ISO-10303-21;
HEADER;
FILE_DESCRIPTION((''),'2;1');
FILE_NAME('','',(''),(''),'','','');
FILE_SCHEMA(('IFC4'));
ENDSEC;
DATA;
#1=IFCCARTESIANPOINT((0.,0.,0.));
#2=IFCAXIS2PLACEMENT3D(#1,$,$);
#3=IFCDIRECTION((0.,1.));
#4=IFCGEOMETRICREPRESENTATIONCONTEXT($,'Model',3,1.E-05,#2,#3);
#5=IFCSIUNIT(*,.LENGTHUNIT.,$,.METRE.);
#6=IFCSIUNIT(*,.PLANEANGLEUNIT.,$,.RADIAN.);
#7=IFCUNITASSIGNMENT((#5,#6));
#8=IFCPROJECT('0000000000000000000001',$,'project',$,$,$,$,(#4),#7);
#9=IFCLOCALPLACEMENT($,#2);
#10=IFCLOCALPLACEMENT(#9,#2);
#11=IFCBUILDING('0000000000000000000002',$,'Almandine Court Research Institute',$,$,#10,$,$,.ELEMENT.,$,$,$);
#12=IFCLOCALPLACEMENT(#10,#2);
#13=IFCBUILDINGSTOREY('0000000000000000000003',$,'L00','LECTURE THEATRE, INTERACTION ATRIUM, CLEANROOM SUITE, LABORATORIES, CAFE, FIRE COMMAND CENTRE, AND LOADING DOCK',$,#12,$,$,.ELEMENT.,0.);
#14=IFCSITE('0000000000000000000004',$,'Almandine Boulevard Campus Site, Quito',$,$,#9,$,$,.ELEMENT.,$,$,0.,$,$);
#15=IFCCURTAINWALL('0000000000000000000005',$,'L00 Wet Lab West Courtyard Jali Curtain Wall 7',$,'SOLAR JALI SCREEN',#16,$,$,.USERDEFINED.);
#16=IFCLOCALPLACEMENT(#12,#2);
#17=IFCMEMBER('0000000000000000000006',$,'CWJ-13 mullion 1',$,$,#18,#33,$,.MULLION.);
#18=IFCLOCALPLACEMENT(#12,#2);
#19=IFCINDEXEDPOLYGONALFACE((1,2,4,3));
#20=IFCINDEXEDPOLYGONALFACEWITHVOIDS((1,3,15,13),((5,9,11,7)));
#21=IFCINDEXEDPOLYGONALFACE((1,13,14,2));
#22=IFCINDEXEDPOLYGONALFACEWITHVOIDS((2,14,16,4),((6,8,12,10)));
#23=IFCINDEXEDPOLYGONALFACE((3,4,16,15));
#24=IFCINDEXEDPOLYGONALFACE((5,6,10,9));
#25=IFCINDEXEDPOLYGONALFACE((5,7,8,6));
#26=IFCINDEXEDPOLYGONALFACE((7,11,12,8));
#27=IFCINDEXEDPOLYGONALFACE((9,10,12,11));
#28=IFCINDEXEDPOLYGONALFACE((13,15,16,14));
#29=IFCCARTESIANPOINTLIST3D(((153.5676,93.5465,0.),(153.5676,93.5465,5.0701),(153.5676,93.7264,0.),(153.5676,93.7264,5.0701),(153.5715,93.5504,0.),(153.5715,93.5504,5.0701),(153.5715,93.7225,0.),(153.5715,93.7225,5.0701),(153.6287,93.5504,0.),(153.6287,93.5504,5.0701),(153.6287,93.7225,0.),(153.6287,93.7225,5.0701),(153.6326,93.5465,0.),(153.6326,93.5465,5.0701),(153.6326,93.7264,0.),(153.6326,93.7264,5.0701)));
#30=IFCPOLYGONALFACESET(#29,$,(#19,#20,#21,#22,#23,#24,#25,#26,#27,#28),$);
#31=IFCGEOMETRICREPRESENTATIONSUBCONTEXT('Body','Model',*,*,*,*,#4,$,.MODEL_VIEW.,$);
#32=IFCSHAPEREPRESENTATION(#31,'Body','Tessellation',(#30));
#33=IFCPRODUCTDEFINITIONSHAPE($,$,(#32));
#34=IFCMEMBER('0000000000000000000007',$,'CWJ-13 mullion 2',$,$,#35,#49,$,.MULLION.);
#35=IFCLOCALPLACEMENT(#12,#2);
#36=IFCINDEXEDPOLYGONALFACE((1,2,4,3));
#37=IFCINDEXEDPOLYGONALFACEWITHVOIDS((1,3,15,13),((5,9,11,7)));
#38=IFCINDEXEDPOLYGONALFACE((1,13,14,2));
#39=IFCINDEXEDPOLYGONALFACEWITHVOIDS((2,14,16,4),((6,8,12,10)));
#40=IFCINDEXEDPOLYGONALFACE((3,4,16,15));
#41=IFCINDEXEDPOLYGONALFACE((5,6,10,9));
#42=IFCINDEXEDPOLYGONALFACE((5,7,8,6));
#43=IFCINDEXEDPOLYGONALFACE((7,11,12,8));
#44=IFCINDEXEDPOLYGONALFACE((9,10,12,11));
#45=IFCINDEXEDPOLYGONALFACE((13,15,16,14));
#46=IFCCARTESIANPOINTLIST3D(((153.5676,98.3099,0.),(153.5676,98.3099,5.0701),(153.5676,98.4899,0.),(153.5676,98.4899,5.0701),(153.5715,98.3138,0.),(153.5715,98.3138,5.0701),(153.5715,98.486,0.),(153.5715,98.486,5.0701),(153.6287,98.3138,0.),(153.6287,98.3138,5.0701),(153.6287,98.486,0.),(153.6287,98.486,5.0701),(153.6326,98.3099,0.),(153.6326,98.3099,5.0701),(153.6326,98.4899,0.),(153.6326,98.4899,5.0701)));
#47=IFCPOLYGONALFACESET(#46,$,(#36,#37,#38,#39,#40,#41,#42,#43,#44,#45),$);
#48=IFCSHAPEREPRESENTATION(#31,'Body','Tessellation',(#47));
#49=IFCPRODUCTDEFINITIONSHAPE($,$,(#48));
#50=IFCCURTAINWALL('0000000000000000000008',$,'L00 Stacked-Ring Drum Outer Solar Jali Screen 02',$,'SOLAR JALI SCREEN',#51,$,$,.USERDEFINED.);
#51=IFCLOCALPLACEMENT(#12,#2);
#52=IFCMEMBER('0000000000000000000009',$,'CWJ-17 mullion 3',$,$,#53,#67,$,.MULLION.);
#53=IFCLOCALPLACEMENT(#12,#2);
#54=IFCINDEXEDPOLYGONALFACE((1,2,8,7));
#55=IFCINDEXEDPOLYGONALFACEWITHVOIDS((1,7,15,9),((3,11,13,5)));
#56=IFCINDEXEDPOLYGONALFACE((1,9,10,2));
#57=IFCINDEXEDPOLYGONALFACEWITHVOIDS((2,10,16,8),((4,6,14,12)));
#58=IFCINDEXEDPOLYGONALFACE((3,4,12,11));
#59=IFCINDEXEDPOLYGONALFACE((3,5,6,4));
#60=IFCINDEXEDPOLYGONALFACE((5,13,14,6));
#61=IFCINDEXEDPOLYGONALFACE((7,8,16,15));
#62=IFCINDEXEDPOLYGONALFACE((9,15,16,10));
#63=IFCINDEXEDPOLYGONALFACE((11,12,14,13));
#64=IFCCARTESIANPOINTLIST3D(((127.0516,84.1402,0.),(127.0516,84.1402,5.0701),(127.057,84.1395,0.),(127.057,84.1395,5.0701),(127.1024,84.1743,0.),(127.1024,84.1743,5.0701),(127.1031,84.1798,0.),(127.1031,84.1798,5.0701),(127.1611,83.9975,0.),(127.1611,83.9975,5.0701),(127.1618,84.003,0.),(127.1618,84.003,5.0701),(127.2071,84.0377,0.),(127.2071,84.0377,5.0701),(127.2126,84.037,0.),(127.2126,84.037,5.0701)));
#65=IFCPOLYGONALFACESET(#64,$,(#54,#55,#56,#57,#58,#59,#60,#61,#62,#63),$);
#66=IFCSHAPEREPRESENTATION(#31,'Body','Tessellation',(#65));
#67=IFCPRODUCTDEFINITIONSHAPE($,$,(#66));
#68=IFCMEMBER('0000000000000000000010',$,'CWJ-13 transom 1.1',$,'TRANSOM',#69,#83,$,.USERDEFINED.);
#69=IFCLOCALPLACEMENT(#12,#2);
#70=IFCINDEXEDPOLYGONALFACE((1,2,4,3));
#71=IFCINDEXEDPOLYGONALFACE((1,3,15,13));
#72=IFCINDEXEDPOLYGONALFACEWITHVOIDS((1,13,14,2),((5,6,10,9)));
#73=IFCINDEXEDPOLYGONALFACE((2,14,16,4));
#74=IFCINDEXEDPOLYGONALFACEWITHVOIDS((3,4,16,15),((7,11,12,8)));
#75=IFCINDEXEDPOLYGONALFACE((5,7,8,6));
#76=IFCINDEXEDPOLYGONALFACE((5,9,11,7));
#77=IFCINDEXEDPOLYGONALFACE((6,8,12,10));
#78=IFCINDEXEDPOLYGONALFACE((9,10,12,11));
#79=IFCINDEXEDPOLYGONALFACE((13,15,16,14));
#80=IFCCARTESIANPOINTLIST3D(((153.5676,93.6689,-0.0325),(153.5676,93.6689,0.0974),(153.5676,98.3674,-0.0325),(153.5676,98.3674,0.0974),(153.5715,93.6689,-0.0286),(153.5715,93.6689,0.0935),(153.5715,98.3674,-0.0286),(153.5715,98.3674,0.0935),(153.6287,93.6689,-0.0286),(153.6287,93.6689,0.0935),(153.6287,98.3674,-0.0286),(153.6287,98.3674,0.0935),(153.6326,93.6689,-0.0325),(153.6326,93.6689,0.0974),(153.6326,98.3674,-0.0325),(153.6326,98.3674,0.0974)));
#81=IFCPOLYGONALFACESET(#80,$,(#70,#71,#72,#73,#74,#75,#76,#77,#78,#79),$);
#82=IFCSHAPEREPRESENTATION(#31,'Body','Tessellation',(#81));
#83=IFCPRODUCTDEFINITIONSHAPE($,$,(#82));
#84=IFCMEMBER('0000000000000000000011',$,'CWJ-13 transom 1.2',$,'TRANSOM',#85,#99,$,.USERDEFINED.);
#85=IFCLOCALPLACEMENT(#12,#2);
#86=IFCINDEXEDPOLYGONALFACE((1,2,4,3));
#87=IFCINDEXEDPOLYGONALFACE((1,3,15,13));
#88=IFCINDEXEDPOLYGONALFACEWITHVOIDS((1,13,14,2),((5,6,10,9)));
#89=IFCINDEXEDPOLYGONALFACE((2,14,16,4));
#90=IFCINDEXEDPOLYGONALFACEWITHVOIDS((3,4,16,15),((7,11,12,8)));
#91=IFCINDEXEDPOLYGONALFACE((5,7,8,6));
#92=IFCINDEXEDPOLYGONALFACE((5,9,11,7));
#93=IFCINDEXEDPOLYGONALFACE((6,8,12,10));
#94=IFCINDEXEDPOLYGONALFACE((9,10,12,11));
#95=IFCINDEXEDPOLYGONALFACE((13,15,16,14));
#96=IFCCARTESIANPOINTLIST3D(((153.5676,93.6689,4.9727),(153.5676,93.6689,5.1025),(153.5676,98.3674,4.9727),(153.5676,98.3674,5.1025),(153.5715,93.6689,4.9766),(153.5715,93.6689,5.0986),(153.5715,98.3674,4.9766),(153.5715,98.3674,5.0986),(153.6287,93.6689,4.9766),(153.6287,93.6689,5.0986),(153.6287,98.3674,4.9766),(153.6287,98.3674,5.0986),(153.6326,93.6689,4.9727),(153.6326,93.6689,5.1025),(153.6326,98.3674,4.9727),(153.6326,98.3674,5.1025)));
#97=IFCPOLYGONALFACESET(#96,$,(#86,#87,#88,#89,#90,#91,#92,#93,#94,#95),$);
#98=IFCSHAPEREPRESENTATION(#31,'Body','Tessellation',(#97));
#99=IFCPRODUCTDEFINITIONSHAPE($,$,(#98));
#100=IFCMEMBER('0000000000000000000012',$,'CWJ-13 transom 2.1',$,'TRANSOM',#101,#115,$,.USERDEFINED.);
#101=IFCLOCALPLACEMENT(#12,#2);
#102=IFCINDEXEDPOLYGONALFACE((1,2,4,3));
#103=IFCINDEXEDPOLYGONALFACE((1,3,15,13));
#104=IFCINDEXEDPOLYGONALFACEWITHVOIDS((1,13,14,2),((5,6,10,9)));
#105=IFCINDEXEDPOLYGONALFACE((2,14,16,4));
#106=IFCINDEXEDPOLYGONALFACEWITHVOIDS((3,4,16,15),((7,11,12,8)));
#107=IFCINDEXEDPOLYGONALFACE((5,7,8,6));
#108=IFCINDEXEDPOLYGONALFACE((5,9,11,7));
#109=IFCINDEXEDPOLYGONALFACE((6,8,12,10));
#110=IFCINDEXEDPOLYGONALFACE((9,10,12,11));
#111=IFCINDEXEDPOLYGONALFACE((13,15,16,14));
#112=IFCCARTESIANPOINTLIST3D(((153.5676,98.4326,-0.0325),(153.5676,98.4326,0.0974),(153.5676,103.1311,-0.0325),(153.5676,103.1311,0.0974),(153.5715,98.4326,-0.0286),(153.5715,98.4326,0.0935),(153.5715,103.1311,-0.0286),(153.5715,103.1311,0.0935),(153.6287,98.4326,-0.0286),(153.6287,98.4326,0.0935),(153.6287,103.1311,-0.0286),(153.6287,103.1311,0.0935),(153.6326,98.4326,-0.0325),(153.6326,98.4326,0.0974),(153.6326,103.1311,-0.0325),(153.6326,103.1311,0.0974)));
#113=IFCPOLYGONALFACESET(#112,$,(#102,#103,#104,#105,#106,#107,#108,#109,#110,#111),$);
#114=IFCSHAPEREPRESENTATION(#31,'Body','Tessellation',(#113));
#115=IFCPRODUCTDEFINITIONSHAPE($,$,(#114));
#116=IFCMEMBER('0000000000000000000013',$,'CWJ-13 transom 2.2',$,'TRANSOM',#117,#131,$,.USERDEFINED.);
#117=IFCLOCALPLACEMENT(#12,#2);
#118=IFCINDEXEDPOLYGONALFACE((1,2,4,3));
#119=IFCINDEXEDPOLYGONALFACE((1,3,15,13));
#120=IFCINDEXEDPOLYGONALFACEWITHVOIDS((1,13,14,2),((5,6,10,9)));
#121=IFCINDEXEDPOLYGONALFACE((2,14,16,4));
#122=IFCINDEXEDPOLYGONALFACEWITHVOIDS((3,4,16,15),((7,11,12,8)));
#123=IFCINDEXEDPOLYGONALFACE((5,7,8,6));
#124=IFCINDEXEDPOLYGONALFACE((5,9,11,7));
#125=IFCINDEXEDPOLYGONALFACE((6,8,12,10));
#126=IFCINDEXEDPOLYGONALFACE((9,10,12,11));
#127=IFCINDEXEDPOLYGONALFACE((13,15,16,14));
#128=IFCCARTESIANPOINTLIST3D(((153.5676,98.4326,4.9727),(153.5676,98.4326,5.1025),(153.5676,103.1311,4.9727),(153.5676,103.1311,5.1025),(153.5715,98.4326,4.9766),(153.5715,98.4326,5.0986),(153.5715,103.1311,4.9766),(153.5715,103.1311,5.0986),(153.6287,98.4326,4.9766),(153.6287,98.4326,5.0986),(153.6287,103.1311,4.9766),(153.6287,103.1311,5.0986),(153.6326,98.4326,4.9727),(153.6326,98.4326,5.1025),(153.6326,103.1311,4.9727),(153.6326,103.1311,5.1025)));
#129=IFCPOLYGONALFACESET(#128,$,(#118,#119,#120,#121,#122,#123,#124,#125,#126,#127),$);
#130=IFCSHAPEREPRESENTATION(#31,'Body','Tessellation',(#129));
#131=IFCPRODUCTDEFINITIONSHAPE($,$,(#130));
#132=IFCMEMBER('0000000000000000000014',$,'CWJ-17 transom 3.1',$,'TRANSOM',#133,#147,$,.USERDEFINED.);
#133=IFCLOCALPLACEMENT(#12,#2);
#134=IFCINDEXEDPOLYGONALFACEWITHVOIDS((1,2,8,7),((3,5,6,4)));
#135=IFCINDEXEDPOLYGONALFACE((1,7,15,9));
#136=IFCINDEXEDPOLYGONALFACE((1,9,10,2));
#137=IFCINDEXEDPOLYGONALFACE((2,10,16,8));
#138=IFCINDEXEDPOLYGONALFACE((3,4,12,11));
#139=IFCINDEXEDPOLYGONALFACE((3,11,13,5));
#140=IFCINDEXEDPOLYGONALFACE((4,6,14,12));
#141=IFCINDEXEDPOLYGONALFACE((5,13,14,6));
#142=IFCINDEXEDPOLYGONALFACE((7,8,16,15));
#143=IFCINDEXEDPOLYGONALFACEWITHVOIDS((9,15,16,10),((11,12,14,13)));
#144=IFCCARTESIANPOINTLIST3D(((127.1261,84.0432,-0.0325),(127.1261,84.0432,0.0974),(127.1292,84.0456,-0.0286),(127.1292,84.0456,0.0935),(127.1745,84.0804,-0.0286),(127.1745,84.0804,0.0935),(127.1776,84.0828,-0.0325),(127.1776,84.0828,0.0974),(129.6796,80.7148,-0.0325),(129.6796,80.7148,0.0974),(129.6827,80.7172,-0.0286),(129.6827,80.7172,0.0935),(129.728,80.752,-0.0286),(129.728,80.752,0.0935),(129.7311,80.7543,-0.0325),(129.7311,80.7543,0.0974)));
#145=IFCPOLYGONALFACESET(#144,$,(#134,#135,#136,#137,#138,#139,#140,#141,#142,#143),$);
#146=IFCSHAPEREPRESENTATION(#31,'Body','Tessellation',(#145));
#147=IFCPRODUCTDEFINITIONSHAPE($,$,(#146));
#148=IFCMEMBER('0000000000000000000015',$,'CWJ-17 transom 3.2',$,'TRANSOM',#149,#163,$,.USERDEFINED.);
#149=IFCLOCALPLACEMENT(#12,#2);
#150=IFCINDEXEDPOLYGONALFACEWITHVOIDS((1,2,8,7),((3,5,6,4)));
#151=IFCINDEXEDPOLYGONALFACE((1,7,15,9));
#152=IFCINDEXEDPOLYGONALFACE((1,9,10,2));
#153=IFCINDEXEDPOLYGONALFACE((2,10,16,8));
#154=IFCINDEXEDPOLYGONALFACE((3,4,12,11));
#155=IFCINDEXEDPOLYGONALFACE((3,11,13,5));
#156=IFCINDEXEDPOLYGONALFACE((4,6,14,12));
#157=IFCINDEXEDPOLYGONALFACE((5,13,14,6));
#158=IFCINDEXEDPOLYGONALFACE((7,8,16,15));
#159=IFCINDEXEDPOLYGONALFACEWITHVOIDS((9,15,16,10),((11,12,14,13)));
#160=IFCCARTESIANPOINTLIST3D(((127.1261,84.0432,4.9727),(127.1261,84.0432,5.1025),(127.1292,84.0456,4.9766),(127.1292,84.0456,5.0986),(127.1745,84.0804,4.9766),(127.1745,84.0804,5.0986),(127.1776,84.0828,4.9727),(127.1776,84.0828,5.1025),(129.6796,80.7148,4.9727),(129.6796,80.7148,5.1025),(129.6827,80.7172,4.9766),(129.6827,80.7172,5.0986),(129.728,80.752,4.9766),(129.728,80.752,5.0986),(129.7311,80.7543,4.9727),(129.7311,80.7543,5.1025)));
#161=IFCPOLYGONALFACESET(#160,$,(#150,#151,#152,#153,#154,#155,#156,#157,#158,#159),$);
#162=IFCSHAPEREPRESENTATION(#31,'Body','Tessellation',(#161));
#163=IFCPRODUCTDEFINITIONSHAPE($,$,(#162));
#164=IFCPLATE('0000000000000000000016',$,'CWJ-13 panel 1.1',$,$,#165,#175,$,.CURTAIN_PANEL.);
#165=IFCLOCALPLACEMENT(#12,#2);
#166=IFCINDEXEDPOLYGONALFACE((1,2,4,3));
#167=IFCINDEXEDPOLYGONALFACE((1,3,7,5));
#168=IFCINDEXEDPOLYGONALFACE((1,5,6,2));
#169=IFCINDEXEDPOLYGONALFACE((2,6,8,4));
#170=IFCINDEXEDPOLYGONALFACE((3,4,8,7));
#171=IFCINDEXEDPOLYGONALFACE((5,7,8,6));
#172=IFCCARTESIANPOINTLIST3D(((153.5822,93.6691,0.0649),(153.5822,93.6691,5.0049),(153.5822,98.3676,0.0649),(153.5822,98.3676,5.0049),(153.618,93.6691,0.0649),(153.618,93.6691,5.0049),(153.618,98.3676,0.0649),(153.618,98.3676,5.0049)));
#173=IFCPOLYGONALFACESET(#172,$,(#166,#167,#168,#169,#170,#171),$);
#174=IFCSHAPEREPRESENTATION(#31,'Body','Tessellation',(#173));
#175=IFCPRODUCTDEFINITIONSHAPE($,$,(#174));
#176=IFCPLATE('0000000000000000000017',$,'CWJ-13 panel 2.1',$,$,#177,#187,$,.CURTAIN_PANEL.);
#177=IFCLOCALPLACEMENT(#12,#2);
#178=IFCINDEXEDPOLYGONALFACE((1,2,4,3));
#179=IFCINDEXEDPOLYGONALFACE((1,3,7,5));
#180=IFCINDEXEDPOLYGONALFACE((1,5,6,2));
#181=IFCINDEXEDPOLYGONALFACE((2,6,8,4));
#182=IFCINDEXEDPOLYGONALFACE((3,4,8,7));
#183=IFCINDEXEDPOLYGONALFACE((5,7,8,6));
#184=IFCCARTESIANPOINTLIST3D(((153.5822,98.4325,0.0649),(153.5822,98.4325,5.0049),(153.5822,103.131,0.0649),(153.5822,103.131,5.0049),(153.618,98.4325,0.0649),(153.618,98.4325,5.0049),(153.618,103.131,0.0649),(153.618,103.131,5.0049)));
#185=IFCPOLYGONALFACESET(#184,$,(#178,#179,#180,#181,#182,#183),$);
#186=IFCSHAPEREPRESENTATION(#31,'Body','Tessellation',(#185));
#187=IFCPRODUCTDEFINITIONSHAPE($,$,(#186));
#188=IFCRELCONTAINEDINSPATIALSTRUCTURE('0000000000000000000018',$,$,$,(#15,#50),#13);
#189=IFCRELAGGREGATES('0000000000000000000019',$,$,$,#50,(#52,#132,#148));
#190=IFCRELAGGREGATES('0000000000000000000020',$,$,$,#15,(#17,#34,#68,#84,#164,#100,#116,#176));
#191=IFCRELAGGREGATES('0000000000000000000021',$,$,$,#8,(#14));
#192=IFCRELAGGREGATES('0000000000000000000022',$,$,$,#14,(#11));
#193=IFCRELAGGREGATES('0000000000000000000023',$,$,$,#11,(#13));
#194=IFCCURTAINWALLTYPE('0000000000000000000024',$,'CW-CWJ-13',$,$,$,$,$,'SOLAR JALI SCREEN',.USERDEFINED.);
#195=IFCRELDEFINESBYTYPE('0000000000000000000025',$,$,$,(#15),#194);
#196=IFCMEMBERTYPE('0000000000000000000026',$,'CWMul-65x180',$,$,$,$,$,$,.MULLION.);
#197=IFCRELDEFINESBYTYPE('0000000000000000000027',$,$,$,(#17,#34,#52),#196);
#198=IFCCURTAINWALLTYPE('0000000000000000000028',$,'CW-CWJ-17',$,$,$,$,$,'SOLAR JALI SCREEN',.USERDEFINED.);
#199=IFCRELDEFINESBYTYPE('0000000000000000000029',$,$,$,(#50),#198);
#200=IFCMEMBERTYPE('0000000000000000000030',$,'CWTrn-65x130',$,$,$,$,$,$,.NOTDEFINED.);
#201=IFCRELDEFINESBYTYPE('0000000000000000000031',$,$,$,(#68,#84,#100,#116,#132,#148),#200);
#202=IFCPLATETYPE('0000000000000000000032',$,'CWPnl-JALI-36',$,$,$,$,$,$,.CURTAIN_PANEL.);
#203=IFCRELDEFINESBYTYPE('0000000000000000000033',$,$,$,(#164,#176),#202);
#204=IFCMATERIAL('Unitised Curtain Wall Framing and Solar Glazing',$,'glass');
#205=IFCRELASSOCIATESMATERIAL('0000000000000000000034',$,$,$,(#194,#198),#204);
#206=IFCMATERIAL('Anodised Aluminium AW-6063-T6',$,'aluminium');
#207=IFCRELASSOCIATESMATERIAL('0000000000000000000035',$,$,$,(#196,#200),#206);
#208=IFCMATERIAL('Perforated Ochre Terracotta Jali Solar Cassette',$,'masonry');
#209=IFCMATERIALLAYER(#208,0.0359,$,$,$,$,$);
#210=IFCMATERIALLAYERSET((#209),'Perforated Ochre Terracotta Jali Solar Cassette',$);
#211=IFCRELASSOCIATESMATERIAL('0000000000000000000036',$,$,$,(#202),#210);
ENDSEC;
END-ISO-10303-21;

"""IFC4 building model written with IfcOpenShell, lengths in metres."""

from ifc_helpers import new_model, si_unit, direction, frame, origin, origin_2d, place, context, subcontext, project, spatial, rectangle, hollow_rectangle, extrude, material, layer, layer_set, material_profile, profile_set, type_object, element, aggregate, save


model = new_model("IFC4")

# Units and contexts
model_context = context("Model", 3, precision=1e-05, world=origin(), true_north=direction((0.0, 1.0)))
body_context = subcontext(model_context, "Body", "Model", "MODEL_VIEW")
ifc_project = project(units=[si_unit("LENGTHUNIT", "METRE"), si_unit("PLANEANGLEUNIT", "RADIAN")], contexts=[model_context])

# Site, building, storey
site_placement = place(None, origin())
site = spatial("IfcSite", under=ifc_project, at=site_placement, Name="Almandine Boulevard Campus Site, Quito", CompositionType="ELEMENT", RefElevation=0.0)
building_placement = place(site_placement, origin())
building = spatial("IfcBuilding", under=site, at=building_placement, Name="Almandine Court Research Institute", CompositionType="ELEMENT")
storey_placement = place(building_placement, origin())
storey = spatial("IfcBuildingStorey", under=building, at=storey_placement, Name="L00", Description="LECTURE THEATRE, INTERACTION ATRIUM, CLEANROOM SUITE, LABORATORIES, CAFE, FIRE COMMAND CENTRE, AND LOADING DOCK", CompositionType="ELEMENT", Elevation=0.0)

# Curtain wall, members
ifc_material_1 = material(Name="Unitised Curtain Wall Framing and Solar Glazing", Category="glass")
curtain_wall_type_1 = type_object("IfcCurtainWallType", Name="CW-CWJ-13", ElementType="SOLAR JALI SCREEN", PredefinedType="USERDEFINED", material=ifc_material_1)
curtain_wall_1_placement = place(storey_placement, origin())
curtain_wall_1 = element("IfcCurtainWall", 1, at=curtain_wall_1_placement, inside=storey, type_object=curtain_wall_type_1, Name="L00 Wet Lab West Courtyard Jali Curtain Wall 7", ObjectType="SOLAR JALI SCREEN", PredefinedType="USERDEFINED")
ifc_material_2 = material(Name="Anodised Aluminium AW-6063-T6", Category="aluminium")
ifc_material_profile_1 = material_profile(ifc_material_2, hollow_rectangle(XDim=0.0649, YDim=0.1799, WallThickness=0.0039, at=origin_2d()), Name="ALU RHS 65x180x4")
ifc_profile_set_1 = profile_set([ifc_material_profile_1], Name="Anodised Aluminium AW-6063-T6")
member_type_1 = type_object("IfcMemberType", Name="CWMul-65x180", PredefinedType="MULLION", material=ifc_profile_set_1)
member_1_placement = place(storey_placement, frame((153.6001, 93.6365, 0.0), z_axis=(0.0, 0.0, 1.0), x_axis=(-1.0, 0.0, 0.0)))
member_1 = element("IfcMember", 2, at=member_1_placement, type_object=member_type_1, Name="CWJ-13 mullion 1", PredefinedType="MULLION", context=body_context, shape_type="SweptSolid", body=[
    extrude(hollow_rectangle(XDim=0.0649, YDim=0.1799, WallThickness=0.0039, at=origin_2d()), origin(), (0.0, 0.0, 1.0), 5.0701),
])
member_2_placement = place(storey_placement, frame((153.6001, 98.3999, 0.0), z_axis=(0.0, 0.0, 1.0), x_axis=(-1.0, 0.0, 0.0)))
member_2 = element("IfcMember", 3, at=member_2_placement, type_object=member_type_1, Name="CWJ-13 mullion 2", PredefinedType="MULLION", context=body_context, shape_type="SweptSolid", body=[
    extrude(hollow_rectangle(XDim=0.0649, YDim=0.1799, WallThickness=0.0039, at=origin_2d()), origin(), (0.0, 0.0, 1.0), 5.0701),
])

# Curtain wall, member
curtain_wall_type_2 = type_object("IfcCurtainWallType", Name="CW-CWJ-17", ElementType="SOLAR JALI SCREEN", PredefinedType="USERDEFINED", material=ifc_material_1)
curtain_wall_2_placement = place(storey_placement, origin())
curtain_wall_2 = element("IfcCurtainWall", 4, at=curtain_wall_2_placement, inside=storey, type_object=curtain_wall_type_2, Name="L00 Stacked-Ring Drum Outer Solar Jali Screen 02", ObjectType="SOLAR JALI SCREEN", PredefinedType="USERDEFINED")
member_3_placement = place(storey_placement, frame((127.1321, 84.0886, 0.0), z_axis=(0.0, 0.0, 1.0), x_axis=(0.793383, 0.608723, 0.0)))
member_3 = element("IfcMember", 5, at=member_3_placement, type_object=member_type_1, Name="CWJ-17 mullion 3", PredefinedType="MULLION", context=body_context, shape_type="SweptSolid", body=[
    extrude(hollow_rectangle(XDim=0.0649, YDim=0.1799, WallThickness=0.0039, at=origin_2d()), origin(), (0.0, 0.0, 1.0), 5.0701),
])

# Members
ifc_material_profile_2 = material_profile(ifc_material_2, hollow_rectangle(XDim=0.0649, YDim=0.1299, WallThickness=0.0039, at=origin_2d()), Name="ALU RHS 65x130x4")
ifc_profile_set_2 = profile_set([ifc_material_profile_2], Name="Anodised Aluminium AW-6063-T6")
member_type_2 = type_object("IfcMemberType", Name="CWTrn-65x130", PredefinedType="NOTDEFINED", material=ifc_profile_set_2)
member_4_placement = place(storey_placement, frame((153.6001, 93.6689, 0.0325), z_axis=(0.0, 1.0, 0.0), x_axis=(-1.0, 0.0, 0.0)))
member_4 = element("IfcMember", 6, at=member_4_placement, type_object=member_type_2, Name="CWJ-13 transom 1.1", ObjectType="TRANSOM", PredefinedType="USERDEFINED", context=body_context, shape_type="SweptSolid", body=[
    extrude(hollow_rectangle(XDim=0.0649, YDim=0.1299, WallThickness=0.0039, at=origin_2d()), origin(), (0.0, 0.0, 1.0), 4.6985),
])
member_5_placement = place(storey_placement, frame((153.6001, 93.6689, 5.0376), z_axis=(0.0, 1.0, 0.0), x_axis=(-1.0, 0.0, 0.0)))
member_5 = element("IfcMember", 7, at=member_5_placement, type_object=member_type_2, Name="CWJ-13 transom 1.2", ObjectType="TRANSOM", PredefinedType="USERDEFINED", context=body_context, shape_type="SweptSolid", body=[
    extrude(hollow_rectangle(XDim=0.0649, YDim=0.1299, WallThickness=0.0039, at=origin_2d()), origin(), (0.0, 0.0, 1.0), 4.6985),
])
member_6_placement = place(storey_placement, frame((153.6001, 98.4326, 0.0325), z_axis=(0.0, 1.0, 0.0), x_axis=(-1.0, 0.0, 0.0)))
member_6 = element("IfcMember", 8, at=member_6_placement, type_object=member_type_2, Name="CWJ-13 transom 2.1", ObjectType="TRANSOM", PredefinedType="USERDEFINED", context=body_context, shape_type="SweptSolid", body=[
    extrude(hollow_rectangle(XDim=0.0649, YDim=0.1299, WallThickness=0.0039, at=origin_2d()), origin(), (0.0, 0.0, 1.0), 4.6985),
])
member_7_placement = place(storey_placement, frame((153.6001, 98.4326, 5.0376), z_axis=(0.0, 1.0, 0.0), x_axis=(-1.0, 0.0, 0.0)))
member_7 = element("IfcMember", 9, at=member_7_placement, type_object=member_type_2, Name="CWJ-13 transom 2.2", ObjectType="TRANSOM", PredefinedType="USERDEFINED", context=body_context, shape_type="SweptSolid", body=[
    extrude(hollow_rectangle(XDim=0.0649, YDim=0.1299, WallThickness=0.0039, at=origin_2d()), origin(), (0.0, 0.0, 1.0), 4.6985),
])
member_8_placement = place(storey_placement, frame((127.1519, 84.063, 0.0325), z_axis=(0.608689, -0.793409, 0.0), x_axis=(0.793409, 0.608689, 0.0)))
member_8 = element("IfcMember", 10, at=member_8_placement, type_object=member_type_2, Name="CWJ-17 transom 3.1", ObjectType="TRANSOM", PredefinedType="USERDEFINED", context=body_context, shape_type="SweptSolid", body=[
    extrude(hollow_rectangle(XDim=0.0649, YDim=0.1299, WallThickness=0.0039, at=origin_2d()), origin(), (0.0, 0.0, 1.0), 4.1951),
])
member_9_placement = place(storey_placement, frame((127.1519, 84.063, 5.0376), z_axis=(0.608689, -0.793409, 0.0), x_axis=(0.793409, 0.608689, 0.0)))
member_9 = element("IfcMember", 11, at=member_9_placement, type_object=member_type_2, Name="CWJ-17 transom 3.2", ObjectType="TRANSOM", PredefinedType="USERDEFINED", context=body_context, shape_type="SweptSolid", body=[
    extrude(hollow_rectangle(XDim=0.0649, YDim=0.1299, WallThickness=0.0039, at=origin_2d()), origin(), (0.0, 0.0, 1.0), 4.1951),
])
aggregate(curtain_wall_2, [member_3, member_8, member_9])

# Plates
ifc_material_3 = material(Name="Perforated Ochre Terracotta Jali Solar Cassette", Category="masonry")
ifc_layer_1 = layer(ifc_material_3, 0.0359)
ifc_layer_set_1 = layer_set([ifc_layer_1], Name="Perforated Ochre Terracotta Jali Solar Cassette")
plate_type = type_object("IfcPlateType", Name="CWPnl-JALI-36", PredefinedType="CURTAIN_PANEL", material=ifc_layer_set_1)
plate_1_placement = place(storey_placement, frame((153.6001, 96.0183, 0.0649), z_axis=(0.0, 0.0, 1.0), x_axis=(0.0, 1.0, 0.0)))
plate_1 = element("IfcPlate", 12, at=plate_1_placement, type_object=plate_type, Name="CWJ-13 panel 1.1", PredefinedType="CURTAIN_PANEL", context=body_context, shape_type="SweptSolid", body=[
    extrude(rectangle(XDim=4.6985, YDim=0.0359, at=origin_2d()), origin(), (0.0, 0.0, 1.0), 4.9399),
])
plate_2_placement = place(storey_placement, frame((153.6001, 100.7817, 0.0649), z_axis=(0.0, 0.0, 1.0), x_axis=(0.0, 1.0, 0.0)))
plate_2 = element("IfcPlate", 13, at=plate_2_placement, type_object=plate_type, Name="CWJ-13 panel 2.1", PredefinedType="CURTAIN_PANEL", context=body_context, shape_type="SweptSolid", body=[
    extrude(rectangle(XDim=4.6985, YDim=0.0359, at=origin_2d()), origin(), (0.0, 0.0, 1.0), 4.9399),
])
aggregate(curtain_wall_1, [member_1, member_2, member_4, member_5, plate_1, member_6, member_7, plate_2])

save(model, "model.ifc")
